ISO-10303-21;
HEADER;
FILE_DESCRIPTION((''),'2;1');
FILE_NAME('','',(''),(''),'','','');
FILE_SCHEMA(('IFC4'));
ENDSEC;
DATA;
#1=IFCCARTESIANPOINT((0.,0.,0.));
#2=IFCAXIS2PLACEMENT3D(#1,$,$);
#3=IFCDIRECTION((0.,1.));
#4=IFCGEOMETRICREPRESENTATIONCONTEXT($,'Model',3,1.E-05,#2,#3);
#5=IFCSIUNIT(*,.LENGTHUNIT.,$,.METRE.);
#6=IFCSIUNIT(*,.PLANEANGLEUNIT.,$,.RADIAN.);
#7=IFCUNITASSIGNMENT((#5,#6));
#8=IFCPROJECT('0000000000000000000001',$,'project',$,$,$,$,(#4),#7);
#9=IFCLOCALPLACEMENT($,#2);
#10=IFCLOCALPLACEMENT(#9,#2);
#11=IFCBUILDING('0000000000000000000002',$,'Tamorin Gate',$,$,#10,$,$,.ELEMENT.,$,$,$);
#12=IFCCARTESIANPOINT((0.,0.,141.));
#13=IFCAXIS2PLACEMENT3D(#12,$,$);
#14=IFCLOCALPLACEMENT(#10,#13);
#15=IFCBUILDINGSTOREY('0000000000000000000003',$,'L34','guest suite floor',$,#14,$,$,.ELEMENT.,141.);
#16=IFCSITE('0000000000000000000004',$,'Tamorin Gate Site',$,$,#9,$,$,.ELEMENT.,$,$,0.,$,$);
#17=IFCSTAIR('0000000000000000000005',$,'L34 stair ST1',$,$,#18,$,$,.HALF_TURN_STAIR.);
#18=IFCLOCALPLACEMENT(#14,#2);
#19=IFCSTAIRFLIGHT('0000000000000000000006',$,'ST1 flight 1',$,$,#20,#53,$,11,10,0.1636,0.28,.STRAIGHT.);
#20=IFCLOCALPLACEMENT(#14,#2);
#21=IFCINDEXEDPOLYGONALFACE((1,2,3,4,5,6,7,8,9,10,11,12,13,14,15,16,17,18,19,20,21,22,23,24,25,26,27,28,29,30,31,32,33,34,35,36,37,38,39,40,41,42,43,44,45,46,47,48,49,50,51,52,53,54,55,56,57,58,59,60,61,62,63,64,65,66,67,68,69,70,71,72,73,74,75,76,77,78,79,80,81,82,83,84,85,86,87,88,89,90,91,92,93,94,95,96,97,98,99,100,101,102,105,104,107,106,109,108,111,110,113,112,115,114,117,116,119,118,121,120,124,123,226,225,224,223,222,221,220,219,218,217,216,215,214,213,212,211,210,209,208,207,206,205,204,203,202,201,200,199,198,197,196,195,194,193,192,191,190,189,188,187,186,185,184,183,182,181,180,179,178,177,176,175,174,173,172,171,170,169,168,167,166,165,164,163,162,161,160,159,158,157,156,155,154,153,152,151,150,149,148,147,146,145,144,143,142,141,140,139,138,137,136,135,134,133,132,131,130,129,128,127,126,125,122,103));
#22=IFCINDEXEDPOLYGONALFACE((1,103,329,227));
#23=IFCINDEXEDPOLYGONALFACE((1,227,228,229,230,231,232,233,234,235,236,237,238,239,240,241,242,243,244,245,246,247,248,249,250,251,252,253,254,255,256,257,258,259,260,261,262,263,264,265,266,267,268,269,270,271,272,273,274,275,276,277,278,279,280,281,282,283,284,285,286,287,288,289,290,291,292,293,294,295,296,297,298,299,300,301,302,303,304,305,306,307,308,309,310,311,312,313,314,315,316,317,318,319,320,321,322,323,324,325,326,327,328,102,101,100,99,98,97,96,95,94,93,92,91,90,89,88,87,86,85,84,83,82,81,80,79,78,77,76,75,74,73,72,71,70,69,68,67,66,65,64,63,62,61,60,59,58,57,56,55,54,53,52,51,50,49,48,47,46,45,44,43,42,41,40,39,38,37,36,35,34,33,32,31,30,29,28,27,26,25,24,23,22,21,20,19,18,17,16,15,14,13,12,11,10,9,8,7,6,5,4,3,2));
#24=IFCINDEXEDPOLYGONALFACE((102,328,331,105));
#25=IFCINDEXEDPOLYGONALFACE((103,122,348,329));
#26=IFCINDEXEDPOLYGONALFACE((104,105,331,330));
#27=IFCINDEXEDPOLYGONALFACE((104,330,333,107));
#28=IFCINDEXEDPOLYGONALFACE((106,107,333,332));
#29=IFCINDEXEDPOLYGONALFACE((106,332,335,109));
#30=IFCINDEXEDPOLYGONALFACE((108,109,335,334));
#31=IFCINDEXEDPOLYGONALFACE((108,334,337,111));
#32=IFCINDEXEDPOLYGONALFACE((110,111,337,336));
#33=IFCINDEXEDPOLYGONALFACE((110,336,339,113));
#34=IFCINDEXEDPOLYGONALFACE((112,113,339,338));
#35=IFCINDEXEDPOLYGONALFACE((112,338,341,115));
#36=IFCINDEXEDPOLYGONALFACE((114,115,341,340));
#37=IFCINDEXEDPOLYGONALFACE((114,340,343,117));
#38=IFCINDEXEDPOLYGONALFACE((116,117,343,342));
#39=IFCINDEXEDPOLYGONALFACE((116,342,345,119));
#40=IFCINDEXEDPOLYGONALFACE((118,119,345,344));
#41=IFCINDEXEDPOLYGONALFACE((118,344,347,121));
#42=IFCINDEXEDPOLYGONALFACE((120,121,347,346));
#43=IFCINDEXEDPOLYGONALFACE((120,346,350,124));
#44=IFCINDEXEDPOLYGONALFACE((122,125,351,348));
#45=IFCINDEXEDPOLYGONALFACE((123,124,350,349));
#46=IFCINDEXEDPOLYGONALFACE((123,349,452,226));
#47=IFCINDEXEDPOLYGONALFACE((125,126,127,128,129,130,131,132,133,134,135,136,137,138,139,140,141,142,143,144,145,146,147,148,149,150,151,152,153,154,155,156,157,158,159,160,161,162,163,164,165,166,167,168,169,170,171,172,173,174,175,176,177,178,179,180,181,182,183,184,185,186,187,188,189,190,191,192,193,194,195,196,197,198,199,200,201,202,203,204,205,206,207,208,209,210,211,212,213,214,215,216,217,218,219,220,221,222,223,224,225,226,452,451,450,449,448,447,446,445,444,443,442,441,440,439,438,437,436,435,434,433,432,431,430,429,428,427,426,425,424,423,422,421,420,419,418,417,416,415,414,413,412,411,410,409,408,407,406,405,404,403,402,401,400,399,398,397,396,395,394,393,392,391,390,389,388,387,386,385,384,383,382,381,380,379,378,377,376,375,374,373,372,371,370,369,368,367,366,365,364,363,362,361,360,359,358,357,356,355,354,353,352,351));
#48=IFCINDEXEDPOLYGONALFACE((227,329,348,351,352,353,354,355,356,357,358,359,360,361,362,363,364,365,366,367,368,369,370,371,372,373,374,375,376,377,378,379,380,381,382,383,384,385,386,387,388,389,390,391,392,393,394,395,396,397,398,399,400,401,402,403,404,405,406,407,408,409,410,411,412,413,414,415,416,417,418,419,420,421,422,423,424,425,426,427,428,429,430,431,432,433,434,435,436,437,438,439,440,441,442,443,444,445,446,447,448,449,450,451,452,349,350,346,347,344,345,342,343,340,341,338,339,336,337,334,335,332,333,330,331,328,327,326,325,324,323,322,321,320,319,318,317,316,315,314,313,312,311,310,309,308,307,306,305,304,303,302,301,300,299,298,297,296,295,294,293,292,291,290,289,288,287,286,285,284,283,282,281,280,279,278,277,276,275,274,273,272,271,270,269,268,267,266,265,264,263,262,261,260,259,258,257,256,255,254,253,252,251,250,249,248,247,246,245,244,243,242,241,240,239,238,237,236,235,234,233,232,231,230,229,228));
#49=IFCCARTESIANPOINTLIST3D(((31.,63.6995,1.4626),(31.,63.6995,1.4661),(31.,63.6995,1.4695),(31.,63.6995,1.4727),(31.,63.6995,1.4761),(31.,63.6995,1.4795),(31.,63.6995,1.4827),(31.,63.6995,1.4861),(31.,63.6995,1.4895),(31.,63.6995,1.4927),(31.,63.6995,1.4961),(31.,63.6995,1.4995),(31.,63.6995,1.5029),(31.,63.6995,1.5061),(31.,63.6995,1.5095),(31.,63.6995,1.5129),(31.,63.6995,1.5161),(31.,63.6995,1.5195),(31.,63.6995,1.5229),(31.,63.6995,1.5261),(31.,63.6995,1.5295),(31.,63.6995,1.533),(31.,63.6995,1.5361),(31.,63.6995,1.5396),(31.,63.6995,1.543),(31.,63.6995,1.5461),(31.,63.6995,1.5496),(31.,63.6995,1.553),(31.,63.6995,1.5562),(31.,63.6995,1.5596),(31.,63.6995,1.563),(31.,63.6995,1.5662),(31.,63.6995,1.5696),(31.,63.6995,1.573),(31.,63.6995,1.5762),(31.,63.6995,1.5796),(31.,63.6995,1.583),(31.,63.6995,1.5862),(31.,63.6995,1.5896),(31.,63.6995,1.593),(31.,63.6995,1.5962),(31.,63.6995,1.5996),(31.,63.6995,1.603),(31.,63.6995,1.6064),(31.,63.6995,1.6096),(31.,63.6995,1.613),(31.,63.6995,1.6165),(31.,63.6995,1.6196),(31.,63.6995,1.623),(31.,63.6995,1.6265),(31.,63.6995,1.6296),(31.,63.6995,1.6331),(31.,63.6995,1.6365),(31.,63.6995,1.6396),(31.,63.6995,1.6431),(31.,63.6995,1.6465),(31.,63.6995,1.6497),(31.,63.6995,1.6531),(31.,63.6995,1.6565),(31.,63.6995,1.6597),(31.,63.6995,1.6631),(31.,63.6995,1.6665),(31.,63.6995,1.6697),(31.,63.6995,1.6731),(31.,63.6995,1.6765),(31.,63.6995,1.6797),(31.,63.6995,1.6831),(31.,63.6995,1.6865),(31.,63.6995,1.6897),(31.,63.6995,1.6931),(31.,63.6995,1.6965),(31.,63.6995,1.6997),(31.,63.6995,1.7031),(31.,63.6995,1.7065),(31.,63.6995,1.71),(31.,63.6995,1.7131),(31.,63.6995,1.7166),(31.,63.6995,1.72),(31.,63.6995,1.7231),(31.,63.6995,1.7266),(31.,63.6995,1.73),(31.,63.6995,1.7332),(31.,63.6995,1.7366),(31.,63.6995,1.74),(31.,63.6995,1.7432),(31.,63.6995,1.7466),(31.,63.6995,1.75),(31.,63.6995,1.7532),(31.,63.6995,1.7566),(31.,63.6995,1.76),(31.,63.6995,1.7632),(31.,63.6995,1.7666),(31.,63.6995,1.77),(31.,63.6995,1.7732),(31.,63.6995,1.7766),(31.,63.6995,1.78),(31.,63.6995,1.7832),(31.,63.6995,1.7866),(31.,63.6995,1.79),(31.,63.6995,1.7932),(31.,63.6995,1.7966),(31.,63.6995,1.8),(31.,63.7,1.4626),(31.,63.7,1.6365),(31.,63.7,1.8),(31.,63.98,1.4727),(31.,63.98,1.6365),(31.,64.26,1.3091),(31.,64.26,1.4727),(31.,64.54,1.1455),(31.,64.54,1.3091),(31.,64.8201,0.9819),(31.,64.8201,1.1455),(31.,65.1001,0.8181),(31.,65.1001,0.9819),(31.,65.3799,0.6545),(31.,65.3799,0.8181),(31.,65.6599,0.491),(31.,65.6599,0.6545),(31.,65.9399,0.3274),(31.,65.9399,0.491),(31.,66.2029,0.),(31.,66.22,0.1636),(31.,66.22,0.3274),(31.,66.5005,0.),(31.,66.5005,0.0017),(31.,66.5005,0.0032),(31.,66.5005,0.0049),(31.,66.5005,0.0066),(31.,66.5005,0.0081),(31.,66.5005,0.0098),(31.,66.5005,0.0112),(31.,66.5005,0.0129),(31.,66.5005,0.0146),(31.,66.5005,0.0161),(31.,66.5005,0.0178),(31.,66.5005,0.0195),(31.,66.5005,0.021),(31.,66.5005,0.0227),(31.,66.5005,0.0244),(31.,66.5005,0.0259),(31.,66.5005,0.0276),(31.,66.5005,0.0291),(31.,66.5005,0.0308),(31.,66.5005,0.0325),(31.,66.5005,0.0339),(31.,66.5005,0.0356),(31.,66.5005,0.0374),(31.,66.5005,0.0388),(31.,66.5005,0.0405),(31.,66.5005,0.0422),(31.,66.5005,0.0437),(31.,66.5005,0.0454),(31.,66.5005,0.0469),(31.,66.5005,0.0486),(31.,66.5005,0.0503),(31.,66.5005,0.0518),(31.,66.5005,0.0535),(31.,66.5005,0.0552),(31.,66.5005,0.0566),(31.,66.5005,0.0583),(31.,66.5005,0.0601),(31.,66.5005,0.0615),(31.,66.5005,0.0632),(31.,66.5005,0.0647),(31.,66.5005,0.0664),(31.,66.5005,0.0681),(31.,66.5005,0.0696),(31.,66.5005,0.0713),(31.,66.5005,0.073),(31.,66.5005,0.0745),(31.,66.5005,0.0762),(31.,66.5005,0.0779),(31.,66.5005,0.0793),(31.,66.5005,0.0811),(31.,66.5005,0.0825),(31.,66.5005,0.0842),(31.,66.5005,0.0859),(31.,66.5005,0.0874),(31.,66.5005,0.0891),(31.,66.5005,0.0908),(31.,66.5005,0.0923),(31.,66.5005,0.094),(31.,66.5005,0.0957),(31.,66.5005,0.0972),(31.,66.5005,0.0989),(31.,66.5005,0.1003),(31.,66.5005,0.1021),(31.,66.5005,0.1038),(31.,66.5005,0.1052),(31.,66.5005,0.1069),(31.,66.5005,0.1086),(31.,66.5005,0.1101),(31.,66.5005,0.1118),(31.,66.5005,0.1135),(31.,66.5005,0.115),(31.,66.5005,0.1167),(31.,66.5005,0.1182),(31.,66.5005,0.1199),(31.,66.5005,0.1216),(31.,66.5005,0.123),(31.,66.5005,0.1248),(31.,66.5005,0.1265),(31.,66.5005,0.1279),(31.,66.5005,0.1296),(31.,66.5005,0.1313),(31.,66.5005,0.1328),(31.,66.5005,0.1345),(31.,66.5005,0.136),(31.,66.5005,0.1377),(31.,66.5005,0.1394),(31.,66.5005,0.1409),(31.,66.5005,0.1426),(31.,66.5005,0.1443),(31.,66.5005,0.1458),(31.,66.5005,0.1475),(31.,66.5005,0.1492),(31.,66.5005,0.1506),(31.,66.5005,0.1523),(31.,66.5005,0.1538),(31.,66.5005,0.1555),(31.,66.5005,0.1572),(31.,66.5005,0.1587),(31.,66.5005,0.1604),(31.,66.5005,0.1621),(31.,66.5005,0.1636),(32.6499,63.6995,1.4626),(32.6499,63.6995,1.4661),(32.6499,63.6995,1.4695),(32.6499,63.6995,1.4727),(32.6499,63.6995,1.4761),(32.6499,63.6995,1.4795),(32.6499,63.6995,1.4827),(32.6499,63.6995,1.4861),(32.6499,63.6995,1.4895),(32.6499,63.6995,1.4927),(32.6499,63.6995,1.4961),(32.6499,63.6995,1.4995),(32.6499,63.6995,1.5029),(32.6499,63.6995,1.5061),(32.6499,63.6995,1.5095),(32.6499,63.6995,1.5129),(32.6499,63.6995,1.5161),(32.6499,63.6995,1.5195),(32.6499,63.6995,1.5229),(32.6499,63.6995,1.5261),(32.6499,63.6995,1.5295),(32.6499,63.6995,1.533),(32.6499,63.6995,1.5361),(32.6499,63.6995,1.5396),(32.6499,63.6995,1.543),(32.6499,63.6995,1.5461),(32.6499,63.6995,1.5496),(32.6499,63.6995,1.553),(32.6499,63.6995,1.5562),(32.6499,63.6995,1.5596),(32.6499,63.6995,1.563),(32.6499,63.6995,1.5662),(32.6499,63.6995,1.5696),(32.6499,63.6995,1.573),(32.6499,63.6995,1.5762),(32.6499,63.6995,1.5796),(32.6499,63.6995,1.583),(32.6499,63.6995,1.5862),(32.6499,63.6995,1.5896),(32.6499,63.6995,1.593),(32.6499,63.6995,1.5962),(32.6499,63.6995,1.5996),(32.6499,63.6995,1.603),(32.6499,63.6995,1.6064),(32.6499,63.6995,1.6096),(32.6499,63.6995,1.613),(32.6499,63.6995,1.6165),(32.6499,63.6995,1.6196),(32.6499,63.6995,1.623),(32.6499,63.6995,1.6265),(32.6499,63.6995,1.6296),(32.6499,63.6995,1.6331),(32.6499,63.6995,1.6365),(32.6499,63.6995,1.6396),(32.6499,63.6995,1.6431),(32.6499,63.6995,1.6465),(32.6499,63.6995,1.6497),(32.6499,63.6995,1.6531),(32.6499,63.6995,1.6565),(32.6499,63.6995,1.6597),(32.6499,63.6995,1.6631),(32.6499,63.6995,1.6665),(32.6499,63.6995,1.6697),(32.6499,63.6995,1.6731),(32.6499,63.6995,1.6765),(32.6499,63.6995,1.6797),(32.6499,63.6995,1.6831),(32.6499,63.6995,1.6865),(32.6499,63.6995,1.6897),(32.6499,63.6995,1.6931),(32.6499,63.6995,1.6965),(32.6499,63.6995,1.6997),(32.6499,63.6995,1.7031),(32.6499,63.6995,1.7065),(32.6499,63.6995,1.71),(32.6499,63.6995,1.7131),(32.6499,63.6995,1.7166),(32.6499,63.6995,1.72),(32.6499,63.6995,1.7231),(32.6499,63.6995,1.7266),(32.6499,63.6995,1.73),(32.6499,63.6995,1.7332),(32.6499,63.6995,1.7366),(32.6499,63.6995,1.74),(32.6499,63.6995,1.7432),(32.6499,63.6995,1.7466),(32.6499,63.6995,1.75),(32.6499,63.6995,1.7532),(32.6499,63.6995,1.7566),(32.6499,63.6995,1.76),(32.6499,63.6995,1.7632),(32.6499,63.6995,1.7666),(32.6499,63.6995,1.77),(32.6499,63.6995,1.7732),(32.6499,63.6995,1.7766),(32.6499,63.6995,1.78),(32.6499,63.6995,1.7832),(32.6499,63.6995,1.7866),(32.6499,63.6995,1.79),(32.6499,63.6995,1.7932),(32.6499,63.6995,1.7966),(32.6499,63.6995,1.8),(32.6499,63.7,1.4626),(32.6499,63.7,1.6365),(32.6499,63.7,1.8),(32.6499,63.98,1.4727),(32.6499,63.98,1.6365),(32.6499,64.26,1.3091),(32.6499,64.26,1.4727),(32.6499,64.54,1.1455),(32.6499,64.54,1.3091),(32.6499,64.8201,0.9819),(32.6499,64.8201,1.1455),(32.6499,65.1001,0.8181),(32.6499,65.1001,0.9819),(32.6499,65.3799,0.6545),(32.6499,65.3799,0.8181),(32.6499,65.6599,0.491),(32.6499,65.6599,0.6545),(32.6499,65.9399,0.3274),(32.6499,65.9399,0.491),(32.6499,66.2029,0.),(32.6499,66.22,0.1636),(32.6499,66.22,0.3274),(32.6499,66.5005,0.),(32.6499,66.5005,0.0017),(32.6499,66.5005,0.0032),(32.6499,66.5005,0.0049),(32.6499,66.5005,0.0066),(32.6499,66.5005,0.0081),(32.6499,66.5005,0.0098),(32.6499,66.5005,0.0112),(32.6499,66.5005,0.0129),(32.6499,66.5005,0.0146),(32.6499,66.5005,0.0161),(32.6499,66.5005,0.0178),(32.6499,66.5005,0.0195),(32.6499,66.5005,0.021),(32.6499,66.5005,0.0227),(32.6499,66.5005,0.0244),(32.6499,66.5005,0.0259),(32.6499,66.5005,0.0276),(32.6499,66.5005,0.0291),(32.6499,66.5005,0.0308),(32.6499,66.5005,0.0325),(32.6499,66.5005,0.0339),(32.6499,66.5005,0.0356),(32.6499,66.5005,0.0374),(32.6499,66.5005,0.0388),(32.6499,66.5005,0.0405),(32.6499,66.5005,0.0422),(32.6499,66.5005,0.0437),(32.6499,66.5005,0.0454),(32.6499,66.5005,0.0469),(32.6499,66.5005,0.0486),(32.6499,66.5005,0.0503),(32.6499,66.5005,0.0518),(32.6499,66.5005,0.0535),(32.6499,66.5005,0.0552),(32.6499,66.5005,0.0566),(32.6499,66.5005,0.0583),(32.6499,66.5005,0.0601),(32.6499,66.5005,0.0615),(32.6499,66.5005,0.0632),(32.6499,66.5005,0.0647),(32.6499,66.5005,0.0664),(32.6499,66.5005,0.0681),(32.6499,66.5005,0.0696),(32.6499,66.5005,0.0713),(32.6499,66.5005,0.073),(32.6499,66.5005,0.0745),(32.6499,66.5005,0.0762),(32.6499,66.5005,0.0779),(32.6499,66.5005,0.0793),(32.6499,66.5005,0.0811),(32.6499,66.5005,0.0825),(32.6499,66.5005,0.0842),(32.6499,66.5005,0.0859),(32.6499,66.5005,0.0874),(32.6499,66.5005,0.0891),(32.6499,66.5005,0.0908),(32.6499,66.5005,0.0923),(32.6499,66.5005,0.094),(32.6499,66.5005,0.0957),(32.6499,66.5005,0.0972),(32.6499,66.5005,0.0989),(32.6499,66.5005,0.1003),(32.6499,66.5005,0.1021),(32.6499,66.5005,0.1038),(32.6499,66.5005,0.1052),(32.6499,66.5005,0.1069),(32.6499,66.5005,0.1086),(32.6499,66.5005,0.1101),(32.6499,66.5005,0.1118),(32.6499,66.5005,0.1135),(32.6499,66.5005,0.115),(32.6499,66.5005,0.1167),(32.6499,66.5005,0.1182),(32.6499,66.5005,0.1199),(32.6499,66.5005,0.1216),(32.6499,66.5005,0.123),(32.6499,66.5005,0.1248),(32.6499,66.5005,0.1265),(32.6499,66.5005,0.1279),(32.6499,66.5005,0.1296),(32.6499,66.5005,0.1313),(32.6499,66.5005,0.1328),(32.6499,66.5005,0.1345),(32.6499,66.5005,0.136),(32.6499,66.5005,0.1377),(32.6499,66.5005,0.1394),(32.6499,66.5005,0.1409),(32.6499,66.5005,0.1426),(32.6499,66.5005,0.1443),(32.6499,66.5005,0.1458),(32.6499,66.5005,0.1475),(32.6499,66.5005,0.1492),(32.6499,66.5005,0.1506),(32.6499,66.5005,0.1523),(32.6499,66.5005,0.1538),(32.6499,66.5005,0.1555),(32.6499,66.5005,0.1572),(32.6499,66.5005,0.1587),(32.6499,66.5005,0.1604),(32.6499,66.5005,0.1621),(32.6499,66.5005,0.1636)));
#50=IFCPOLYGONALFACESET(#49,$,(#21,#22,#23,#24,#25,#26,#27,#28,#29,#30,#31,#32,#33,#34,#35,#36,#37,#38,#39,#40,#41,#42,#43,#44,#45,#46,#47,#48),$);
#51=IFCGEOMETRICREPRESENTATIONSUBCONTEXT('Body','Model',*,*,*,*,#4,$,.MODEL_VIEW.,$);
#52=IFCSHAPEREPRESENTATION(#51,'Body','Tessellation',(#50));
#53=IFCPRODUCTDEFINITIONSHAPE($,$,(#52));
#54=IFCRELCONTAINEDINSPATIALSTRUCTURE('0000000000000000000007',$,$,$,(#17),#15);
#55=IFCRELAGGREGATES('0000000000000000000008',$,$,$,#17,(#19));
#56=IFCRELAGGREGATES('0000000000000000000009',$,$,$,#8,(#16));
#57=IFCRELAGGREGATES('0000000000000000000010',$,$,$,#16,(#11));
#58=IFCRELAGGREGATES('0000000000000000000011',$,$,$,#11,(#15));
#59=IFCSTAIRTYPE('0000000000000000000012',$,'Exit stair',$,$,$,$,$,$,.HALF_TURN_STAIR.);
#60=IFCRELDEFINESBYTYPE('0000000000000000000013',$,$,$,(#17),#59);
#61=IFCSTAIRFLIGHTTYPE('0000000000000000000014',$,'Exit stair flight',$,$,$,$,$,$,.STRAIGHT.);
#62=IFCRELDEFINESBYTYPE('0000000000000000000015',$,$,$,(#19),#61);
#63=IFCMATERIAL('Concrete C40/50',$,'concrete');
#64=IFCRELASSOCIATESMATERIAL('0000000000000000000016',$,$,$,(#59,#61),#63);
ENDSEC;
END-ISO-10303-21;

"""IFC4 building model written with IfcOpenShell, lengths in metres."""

from ifc_helpers import new_model, si_unit, direction, frame, origin, place, context, subcontext, project, spatial, polyline, outline, extrude, material, type_object, element, aggregate, save


model = new_model("IFC4")

# Units and contexts
model_context = context("Model", 3, precision=1e-05, world=origin(), true_north=direction((0.0, 1.0)))
body_context = subcontext(model_context, "Body", "Model", "MODEL_VIEW")
ifc_project = project(units=[si_unit("LENGTHUNIT", "METRE"), si_unit("PLANEANGLEUNIT", "RADIAN")], contexts=[model_context])

# Site, building, storey
site_placement = place(None, origin())
site = spatial("IfcSite", under=ifc_project, at=site_placement, Name="Tamorin Gate Site", CompositionType="ELEMENT", RefElevation=0.0)
building_placement = place(site_placement, origin())
building = spatial("IfcBuilding", under=site, at=building_placement, Name="Tamorin Gate", CompositionType="ELEMENT")
storey_placement = place(building_placement, frame((0.0, 0.0, 141.0)))
storey = spatial("IfcBuildingStorey", under=building, at=storey_placement, Name="L34", Description="guest suite floor", CompositionType="ELEMENT", Elevation=141.0)

# Shared definitions
ifc_material_1 = material(Name="Concrete C40/50", Category="concrete")

# Stair, stair flight
stair_type = type_object("IfcStairType", Name="Exit stair", PredefinedType="HALF_TURN_STAIR", material=ifc_material_1)
stair_1_placement = place(storey_placement, origin())
stair_1 = element("IfcStair", 1, at=stair_1_placement, inside=storey, type_object=stair_type, Name="L34 stair ST1", PredefinedType="HALF_TURN_STAIR")
stair_flight_type = type_object("IfcStairFlightType", Name="Exit stair flight", PredefinedType="STRAIGHT", material=ifc_material_1)
stair_flight_1_placement = place(storey_placement, frame((31.825, 66.5, 0.0), z_axis=(0.0, 0.0, 1.0), x_axis=(0.0, -1.0, 0.0)))
stair_flight_1 = element("IfcStairFlight", 2, at=stair_flight_1_placement, type_object=stair_flight_type, Name="ST1 flight 1", NumberOfRisers=11, NumberOfTreads=10, PredefinedType="STRAIGHT", RiserHeight=0.1636, TreadLength=0.28, context=body_context, shape_type="SweptSolid", body=[
    extrude(outline(polyline([(-0.0005, 0.0), (-0.0005, 0.0017), (-0.0005, 0.0032), (-0.0005, 0.0049), (-0.0005, 0.0066), (-0.0005, 0.0081), (-0.0005, 0.0098), (-0.0005, 0.0112), (-0.0005, 0.0129), (-0.0005, 0.0146), (-0.0005, 0.0161), (-0.0005, 0.0178), (-0.0005, 0.0195), (-0.0005, 0.021), (-0.0005, 0.0227), (-0.0005, 0.0244), (-0.0005, 0.0259), (-0.0005, 0.0276), (-0.0005, 0.0291), (-0.0005, 0.0308), (-0.0005, 0.0325), (-0.0005, 0.0339), (-0.0005, 0.0356), (-0.0005, 0.0374), (-0.0005, 0.0388), (-0.0005, 0.0405), (-0.0005, 0.0422), (-0.0005, 0.0437), (-0.0005, 0.0454), (-0.0005, 0.0469), (-0.0005, 0.0486), (-0.0005, 0.0503), (-0.0005, 0.0518), (-0.0005, 0.0535), (-0.0005, 0.0552), (-0.0005, 0.0566), (-0.0005, 0.0583), (-0.0005, 0.0601), (-0.0005, 0.0615), (-0.0005, 0.0632), (-0.0005, 0.0647), (-0.0005, 0.0664), (-0.0005, 0.0681), (-0.0005, 0.0696), (-0.0005, 0.0713), (-0.0005, 0.073), (-0.0005, 0.0745), (-0.0005, 0.0762), (-0.0005, 0.0779), (-0.0005, 0.0793), (-0.0005, 0.0811), (-0.0005, 0.0825), (-0.0005, 0.0842), (-0.0005, 0.0859), (-0.0005, 0.0874), (-0.0005, 0.0891), (-0.0005, 0.0908), (-0.0005, 0.0923), (-0.0005, 0.094), (-0.0005, 0.0957), (-0.0005, 0.0972), (-0.0005, 0.0989), (-0.0005, 0.1003), (-0.0005, 0.1021), (-0.0005, 0.1038), (-0.0005, 0.1052), (-0.0005, 0.1069), (-0.0005, 0.1086), (-0.0005, 0.1101), (-0.0005, 0.1118), (-0.0005, 0.1135), (-0.0005, 0.115), (-0.0005, 0.1167), (-0.0005, 0.1182), (-0.0005, 0.1199), (-0.0005, 0.1216), (-0.0005, 0.123), (-0.0005, 0.1248), (-0.0005, 0.1265), (-0.0005, 0.1279), (-0.0005, 0.1296), (-0.0005, 0.1313), (-0.0005, 0.1328), (-0.0005, 0.1345), (-0.0005, 0.136), (-0.0005, 0.1377), (-0.0005, 0.1394), (-0.0005, 0.1409), (-0.0005, 0.1426), (-0.0005, 0.1443), (-0.0005, 0.1458), (-0.0005, 0.1475), (-0.0005, 0.1492), (-0.0005, 0.1506), (-0.0005, 0.1523), (-0.0005, 0.1538), (-0.0005, 0.1555), (-0.0005, 0.1572), (-0.0005, 0.1587), (-0.0005, 0.1604), (-0.0005, 0.1621), (-0.0005, 0.1636), (0.28, 0.1636), (0.28, 0.3274), (0.5601, 0.3274), (0.5601, 0.491), (0.8401, 0.491), (0.8401, 0.6545), (1.1201, 0.6545), (1.1201, 0.8181), (1.3999, 0.8181), (1.3999, 0.9819), (1.6799, 0.9819), (1.6799, 1.1455), (1.96, 1.1455), (1.96, 1.3091), (2.24, 1.3091), (2.24, 1.4727), (2.52, 1.4727), (2.52, 1.6365), (2.8, 1.6365), (2.8, 1.8), (2.8005, 1.8), (2.8005, 1.7966), (2.8005, 1.7932), (2.8005, 1.79), (2.8005, 1.7866), (2.8005, 1.7832), (2.8005, 1.78), (2.8005, 1.7766), (2.8005, 1.7732), (2.8005, 1.77), (2.8005, 1.7666), (2.8005, 1.7632), (2.8005, 1.76), (2.8005, 1.7566), (2.8005, 1.7532), (2.8005, 1.75), (2.8005, 1.7466), (2.8005, 1.7432), (2.8005, 1.74), (2.8005, 1.7366), (2.8005, 1.7332), (2.8005, 1.73), (2.8005, 1.7266), (2.8005, 1.7231), (2.8005, 1.72), (2.8005, 1.7166), (2.8005, 1.7131), (2.8005, 1.71), (2.8005, 1.7065), (2.8005, 1.7031), (2.8005, 1.6997), (2.8005, 1.6965), (2.8005, 1.6931), (2.8005, 1.6897), (2.8005, 1.6865), (2.8005, 1.6831), (2.8005, 1.6797), (2.8005, 1.6765), (2.8005, 1.6731), (2.8005, 1.6697), (2.8005, 1.6665), (2.8005, 1.6631), (2.8005, 1.6597), (2.8005, 1.6565), (2.8005, 1.6531), (2.8005, 1.6497), (2.8005, 1.6465), (2.8005, 1.6431), (2.8005, 1.6396), (2.8005, 1.6365), (2.8005, 1.6331), (2.8005, 1.6296), (2.8005, 1.6265), (2.8005, 1.623), (2.8005, 1.6196), (2.8005, 1.6165), (2.8005, 1.613), (2.8005, 1.6096), (2.8005, 1.6064), (2.8005, 1.603), (2.8005, 1.5996), (2.8005, 1.5962), (2.8005, 1.593), (2.8005, 1.5896), (2.8005, 1.5862), (2.8005, 1.583), (2.8005, 1.5796), (2.8005, 1.5762), (2.8005, 1.573), (2.8005, 1.5696), (2.8005, 1.5662), (2.8005, 1.563), (2.8005, 1.5596), (2.8005, 1.5562), (2.8005, 1.553), (2.8005, 1.5496), (2.8005, 1.5461), (2.8005, 1.543), (2.8005, 1.5396), (2.8005, 1.5361), (2.8005, 1.533), (2.8005, 1.5295), (2.8005, 1.5261), (2.8005, 1.5229), (2.8005, 1.5195), (2.8005, 1.5161), (2.8005, 1.5129), (2.8005, 1.5095), (2.8005, 1.5061), (2.8005, 1.5029), (2.8005, 1.4995), (2.8005, 1.4961), (2.8005, 1.4927), (2.8005, 1.4895), (2.8005, 1.4861), (2.8005, 1.4827), (2.8005, 1.4795), (2.8005, 1.4761), (2.8005, 1.4727), (2.8005, 1.4695), (2.8005, 1.4661), (2.8005, 1.4626), (2.8, 1.4626), (0.2971, 0.0), (-0.0005, 0.0)])), frame((0.0, 0.825, 0.0), z_axis=(0.0, -1.0, 0.0), x_axis=(1.0, 0.0, 0.0)), (0.0, 0.0, 1.0), 1.6499),
])
aggregate(stair_1, [stair_flight_1])

save(model, "model.ifc")
